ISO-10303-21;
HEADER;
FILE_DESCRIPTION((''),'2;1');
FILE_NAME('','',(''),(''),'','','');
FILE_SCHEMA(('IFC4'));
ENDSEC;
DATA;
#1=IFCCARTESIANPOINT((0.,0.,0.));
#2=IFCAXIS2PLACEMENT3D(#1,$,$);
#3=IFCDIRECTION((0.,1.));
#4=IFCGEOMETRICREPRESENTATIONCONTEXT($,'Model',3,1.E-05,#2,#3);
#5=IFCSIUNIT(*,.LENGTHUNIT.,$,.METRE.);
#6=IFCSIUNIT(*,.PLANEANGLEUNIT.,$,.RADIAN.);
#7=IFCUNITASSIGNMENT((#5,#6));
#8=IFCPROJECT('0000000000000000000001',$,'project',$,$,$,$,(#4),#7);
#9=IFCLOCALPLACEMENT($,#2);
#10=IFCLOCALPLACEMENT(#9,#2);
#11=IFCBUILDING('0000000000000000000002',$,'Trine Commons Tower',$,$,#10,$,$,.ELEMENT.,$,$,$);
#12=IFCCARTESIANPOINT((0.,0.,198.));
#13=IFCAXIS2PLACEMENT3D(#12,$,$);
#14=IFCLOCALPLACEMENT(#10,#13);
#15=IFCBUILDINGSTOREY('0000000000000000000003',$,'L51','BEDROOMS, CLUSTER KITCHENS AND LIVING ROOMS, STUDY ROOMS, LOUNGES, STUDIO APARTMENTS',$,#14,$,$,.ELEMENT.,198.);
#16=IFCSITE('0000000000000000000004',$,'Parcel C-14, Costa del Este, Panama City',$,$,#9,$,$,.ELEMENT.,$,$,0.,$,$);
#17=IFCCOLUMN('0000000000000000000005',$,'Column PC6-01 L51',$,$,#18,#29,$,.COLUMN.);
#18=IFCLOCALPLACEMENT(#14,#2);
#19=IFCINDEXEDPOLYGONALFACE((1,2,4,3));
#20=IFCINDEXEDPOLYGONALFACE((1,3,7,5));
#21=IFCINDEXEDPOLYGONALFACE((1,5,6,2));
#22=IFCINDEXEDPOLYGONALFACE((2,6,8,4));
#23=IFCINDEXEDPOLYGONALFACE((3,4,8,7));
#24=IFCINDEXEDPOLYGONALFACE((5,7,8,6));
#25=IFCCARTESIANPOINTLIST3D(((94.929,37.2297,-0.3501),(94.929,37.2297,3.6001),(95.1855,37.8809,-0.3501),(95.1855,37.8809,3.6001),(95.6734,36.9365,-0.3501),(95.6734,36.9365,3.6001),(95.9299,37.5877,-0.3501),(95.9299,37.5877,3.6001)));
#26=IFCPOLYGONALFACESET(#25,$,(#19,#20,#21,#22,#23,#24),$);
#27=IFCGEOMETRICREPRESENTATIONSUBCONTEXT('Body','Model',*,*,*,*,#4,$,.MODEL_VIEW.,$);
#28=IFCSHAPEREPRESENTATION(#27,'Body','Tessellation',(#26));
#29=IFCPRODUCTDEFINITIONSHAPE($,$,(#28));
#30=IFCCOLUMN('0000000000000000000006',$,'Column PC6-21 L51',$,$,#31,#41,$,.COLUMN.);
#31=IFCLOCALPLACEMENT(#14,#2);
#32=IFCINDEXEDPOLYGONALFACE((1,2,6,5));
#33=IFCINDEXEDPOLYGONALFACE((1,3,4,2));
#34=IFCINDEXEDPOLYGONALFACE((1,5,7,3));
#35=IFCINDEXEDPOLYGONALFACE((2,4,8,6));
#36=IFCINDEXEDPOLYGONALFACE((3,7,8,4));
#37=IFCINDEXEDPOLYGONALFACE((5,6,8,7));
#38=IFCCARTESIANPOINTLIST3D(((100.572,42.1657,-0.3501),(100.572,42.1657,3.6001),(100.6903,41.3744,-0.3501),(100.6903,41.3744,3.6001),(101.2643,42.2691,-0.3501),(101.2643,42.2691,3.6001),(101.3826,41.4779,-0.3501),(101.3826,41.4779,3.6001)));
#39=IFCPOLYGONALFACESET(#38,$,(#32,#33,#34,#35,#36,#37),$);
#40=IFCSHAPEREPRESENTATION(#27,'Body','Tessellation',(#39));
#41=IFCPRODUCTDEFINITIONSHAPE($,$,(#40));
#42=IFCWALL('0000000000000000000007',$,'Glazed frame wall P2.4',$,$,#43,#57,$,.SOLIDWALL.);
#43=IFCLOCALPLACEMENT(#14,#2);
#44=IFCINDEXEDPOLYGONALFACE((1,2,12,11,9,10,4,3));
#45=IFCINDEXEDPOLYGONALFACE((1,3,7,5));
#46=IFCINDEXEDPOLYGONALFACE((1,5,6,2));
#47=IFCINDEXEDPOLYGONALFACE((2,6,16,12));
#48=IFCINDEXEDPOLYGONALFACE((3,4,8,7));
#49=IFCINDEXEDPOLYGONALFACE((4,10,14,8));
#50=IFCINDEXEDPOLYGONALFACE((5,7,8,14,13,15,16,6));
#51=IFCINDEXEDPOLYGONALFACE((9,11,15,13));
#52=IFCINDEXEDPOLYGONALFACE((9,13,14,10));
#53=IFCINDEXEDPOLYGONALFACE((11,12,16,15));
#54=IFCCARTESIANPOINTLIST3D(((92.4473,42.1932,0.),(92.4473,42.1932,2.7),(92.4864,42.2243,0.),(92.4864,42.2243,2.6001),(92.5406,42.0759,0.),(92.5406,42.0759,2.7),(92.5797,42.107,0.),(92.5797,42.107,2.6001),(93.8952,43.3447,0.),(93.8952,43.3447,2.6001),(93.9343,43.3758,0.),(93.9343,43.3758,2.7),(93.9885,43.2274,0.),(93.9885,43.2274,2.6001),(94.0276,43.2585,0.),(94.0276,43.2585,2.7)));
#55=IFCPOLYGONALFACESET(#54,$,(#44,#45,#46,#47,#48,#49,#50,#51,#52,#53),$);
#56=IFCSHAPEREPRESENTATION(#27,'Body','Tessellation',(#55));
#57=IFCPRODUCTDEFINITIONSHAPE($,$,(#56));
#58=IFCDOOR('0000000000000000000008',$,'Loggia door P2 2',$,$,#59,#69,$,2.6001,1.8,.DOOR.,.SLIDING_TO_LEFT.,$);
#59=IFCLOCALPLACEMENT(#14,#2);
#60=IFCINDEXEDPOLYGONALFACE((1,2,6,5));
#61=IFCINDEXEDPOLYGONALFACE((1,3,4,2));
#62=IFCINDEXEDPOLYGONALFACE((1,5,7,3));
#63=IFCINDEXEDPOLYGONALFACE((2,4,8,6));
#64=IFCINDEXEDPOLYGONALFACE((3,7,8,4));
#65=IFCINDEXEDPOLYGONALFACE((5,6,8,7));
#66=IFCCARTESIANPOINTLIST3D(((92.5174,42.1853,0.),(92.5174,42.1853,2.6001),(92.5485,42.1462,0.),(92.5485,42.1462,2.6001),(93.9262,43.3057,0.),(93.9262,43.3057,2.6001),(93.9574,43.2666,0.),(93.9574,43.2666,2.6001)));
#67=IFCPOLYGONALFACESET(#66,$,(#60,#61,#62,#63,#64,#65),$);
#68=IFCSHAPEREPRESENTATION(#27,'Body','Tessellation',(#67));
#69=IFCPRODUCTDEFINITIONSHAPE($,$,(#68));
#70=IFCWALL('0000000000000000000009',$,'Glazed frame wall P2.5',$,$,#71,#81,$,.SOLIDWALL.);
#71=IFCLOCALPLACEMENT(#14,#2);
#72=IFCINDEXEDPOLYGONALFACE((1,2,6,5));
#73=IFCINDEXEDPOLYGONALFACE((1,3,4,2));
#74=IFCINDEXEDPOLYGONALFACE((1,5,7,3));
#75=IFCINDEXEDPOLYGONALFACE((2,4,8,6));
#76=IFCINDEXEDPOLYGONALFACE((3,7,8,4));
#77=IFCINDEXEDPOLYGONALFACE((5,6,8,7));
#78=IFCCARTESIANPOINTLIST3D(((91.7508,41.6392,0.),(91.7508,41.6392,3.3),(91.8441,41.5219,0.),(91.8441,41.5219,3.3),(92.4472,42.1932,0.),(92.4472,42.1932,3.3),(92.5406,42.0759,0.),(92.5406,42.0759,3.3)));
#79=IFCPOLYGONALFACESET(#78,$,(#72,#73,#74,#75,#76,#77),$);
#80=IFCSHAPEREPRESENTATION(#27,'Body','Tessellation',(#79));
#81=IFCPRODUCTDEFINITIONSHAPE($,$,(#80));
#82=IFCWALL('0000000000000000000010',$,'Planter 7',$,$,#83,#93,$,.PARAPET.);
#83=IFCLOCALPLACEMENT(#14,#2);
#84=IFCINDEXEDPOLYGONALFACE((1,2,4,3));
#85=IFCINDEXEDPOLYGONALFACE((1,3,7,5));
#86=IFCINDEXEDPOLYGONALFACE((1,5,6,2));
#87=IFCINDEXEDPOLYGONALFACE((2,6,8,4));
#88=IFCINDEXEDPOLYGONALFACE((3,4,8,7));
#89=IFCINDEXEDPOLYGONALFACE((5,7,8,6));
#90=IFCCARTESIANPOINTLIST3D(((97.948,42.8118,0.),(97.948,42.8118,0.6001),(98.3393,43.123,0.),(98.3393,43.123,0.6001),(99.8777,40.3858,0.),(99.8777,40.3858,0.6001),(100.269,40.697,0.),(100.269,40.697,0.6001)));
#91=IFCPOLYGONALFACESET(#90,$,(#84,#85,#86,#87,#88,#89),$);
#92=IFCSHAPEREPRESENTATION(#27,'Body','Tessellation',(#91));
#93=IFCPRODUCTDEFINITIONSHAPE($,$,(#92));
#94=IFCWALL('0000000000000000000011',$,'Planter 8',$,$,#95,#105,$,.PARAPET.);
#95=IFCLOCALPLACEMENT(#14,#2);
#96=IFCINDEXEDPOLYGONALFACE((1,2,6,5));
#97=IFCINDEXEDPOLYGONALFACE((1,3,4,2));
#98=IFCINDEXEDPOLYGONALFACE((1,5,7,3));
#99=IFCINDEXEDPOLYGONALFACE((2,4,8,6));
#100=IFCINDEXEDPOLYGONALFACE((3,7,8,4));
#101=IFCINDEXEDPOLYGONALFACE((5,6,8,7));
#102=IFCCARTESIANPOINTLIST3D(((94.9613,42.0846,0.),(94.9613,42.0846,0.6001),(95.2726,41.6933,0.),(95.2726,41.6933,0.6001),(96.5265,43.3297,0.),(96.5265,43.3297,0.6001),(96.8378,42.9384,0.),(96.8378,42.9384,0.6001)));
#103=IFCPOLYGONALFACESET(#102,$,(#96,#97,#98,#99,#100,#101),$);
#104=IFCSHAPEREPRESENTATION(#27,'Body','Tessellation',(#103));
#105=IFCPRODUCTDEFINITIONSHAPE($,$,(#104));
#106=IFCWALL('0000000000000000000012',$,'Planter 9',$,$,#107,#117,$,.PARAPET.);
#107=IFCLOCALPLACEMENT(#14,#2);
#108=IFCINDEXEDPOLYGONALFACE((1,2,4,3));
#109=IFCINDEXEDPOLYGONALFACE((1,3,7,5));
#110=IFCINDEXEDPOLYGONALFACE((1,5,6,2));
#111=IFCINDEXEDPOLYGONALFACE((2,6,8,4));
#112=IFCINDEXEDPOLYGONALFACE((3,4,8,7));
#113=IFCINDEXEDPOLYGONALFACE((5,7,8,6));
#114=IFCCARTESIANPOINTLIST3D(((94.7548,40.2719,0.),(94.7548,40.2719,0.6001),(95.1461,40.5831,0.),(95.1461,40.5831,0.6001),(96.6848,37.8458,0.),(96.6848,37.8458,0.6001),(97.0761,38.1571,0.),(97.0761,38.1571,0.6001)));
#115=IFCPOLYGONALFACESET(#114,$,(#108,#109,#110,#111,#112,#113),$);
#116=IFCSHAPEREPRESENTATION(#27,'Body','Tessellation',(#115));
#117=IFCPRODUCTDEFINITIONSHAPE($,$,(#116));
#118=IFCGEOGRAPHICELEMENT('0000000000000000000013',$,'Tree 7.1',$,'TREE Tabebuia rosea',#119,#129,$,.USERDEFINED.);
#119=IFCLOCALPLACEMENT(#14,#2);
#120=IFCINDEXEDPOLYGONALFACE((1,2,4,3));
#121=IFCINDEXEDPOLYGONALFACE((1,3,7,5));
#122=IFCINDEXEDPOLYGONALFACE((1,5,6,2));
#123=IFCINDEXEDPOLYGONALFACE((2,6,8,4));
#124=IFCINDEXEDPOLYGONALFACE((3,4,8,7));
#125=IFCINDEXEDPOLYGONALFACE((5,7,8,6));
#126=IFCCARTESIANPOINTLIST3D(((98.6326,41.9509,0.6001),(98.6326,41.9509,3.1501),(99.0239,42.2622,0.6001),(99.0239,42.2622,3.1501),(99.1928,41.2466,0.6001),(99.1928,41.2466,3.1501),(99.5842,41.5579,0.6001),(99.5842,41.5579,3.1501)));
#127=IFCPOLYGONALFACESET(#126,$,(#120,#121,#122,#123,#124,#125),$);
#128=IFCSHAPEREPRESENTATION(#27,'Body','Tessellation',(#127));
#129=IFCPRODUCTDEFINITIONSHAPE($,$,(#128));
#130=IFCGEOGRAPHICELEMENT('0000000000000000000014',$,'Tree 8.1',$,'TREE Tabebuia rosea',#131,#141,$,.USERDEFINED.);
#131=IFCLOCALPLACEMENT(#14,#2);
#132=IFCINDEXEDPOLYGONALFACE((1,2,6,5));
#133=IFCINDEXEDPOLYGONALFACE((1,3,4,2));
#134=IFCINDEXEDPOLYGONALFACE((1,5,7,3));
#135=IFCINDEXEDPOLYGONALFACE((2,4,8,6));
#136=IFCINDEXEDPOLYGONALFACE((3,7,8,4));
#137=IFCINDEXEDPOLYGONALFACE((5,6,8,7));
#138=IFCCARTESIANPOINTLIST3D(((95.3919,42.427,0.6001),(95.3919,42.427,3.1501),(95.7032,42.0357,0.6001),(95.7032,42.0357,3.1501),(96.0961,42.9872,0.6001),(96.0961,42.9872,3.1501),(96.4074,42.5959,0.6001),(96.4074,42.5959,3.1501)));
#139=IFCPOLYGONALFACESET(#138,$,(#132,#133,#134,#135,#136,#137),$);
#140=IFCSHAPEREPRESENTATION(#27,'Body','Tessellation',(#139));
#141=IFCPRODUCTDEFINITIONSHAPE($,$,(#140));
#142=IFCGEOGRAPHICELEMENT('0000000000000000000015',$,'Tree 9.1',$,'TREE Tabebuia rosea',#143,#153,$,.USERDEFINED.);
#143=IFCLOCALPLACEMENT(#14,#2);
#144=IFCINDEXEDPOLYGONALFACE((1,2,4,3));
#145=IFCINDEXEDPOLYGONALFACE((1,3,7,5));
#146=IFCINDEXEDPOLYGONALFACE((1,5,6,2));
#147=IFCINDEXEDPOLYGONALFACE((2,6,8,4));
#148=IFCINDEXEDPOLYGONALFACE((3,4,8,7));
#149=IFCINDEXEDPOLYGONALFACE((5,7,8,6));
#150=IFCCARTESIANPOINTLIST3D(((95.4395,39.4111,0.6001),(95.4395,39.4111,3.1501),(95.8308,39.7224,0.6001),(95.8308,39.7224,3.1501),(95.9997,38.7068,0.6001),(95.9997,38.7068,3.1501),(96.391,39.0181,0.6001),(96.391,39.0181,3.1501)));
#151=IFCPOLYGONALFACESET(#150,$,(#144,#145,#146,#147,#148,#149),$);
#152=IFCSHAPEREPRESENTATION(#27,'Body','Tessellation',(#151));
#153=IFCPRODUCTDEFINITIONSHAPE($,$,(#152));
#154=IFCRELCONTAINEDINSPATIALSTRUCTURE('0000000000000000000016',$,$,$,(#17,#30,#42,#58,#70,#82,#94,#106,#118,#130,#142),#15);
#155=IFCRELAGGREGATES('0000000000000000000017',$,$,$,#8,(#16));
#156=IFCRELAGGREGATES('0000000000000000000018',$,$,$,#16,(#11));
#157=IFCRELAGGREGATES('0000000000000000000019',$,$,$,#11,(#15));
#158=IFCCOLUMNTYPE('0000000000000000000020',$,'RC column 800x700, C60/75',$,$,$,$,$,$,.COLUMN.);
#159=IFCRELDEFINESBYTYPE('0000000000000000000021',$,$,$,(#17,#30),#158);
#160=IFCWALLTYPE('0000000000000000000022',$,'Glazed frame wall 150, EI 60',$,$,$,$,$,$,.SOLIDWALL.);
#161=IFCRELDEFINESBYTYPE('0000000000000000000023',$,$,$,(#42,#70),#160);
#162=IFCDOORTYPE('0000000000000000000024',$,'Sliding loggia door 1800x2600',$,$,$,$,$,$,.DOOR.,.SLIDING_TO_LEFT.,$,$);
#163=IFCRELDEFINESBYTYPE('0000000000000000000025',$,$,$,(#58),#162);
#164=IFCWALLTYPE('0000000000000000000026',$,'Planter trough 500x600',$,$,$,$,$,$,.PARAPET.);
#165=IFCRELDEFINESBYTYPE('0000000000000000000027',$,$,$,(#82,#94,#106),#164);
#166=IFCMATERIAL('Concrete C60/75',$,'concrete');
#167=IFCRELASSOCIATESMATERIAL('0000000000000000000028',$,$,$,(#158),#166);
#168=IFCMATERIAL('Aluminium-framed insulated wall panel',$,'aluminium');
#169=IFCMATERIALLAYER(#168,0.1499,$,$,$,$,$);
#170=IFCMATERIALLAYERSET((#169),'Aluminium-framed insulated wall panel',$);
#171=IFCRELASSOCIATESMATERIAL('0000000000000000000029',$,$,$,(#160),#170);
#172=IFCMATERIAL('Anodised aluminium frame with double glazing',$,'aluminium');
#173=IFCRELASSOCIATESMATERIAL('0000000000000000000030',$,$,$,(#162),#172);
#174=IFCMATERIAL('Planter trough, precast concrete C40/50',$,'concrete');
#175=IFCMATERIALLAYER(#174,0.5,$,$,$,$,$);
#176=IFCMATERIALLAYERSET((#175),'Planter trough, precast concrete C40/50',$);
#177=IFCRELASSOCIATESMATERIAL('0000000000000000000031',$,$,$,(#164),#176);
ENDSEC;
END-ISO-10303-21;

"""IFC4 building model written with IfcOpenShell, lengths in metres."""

from ifc_helpers import new_model, si_unit, direction, frame, frame_2d, origin, origin_2d, place, context, subcontext, project, spatial, polyline, rectangle, outline, extrude, material, layer, layer_set, material_profile, profile_set, type_object, element, fill, save


model = new_model("IFC4")

# Units and contexts
model_context = context("Model", 3, precision=1e-05, world=origin(), true_north=direction((0.0, 1.0)))
body_context = subcontext(model_context, "Body", "Model", "MODEL_VIEW")
ifc_project = project(units=[si_unit("LENGTHUNIT", "METRE"), si_unit("PLANEANGLEUNIT", "RADIAN")], contexts=[model_context])

# Site, building, storey
site_placement = place(None, origin())
site = spatial("IfcSite", under=ifc_project, at=site_placement, Name="Parcel C-14, Costa del Este, Panama City", CompositionType="ELEMENT", RefElevation=0.0)
building_placement = place(site_placement, origin())
building = spatial("IfcBuilding", under=site, at=building_placement, Name="Trine Commons Tower", CompositionType="ELEMENT")
storey_placement = place(building_placement, frame((0.0, 0.0, 198.0)))
storey = spatial("IfcBuildingStorey", under=building, at=storey_placement, Name="L51", Description="BEDROOMS, CLUSTER KITCHENS AND LIVING ROOMS, STUDY ROOMS, LOUNGES, STUDIO APARTMENTS", CompositionType="ELEMENT", Elevation=198.0)

# Columns
ifc_material_1 = material(Name="Concrete C60/75", Category="concrete")
ifc_material_profile = material_profile(ifc_material_1, rectangle(XDim=0.8, YDim=0.7, at=origin_2d()), Name="RC 800x700")
ifc_profile_set = profile_set([ifc_material_profile], Name="Concrete C60/75")
column_type = type_object("IfcColumnType", Name="RC column 800x700, C60/75", PredefinedType="COLUMN", material=ifc_profile_set)
for number, where, z_axis, x_axis, name in (
    (1, (95.4294, 37.4087, -0.3501), (0.0, 0.0, 1.0), (-0.930418, 0.366501, 0.0), "Column PC6-01 L51"),
    (2, (100.9773, 41.8218, -0.3501), (0.0, 0.0, 1.0), (-0.147809, 0.989016, 0.0), "Column PC6-21 L51"),
):
    element("IfcColumn", number, at=place(storey_placement, frame(where, z_axis=z_axis, x_axis=x_axis)), inside=storey, type_object=column_type, Name=name, PredefinedType="COLUMN", context=body_context, shape_type="SweptSolid", body=[
        extrude(rectangle(XDim=0.8, YDim=0.7, at=origin_2d()), origin(), (0.0, 0.0, 1.0), 3.9502),
    ])

# Wall, opening, door
ifc_material_2 = material(Name="Aluminium-framed insulated wall panel", Category="aluminium")
ifc_layer_1 = layer(ifc_material_2, 0.1499)
ifc_layer_set_1 = layer_set([ifc_layer_1], Name="Aluminium-framed insulated wall panel")
wall_type_1 = type_object("IfcWallType", Name="Glazed frame wall 150, EI 60", PredefinedType="SOLIDWALL", material=ifc_layer_set_1)
wall_1_placement = place(storey_placement, frame((93.981, 43.3171, 0.0), z_axis=(0.0, 0.0, 1.0), x_axis=(-0.782671, -0.622436, 0.0)))
wall_1 = element("IfcWall", 3, at=wall_1_placement, inside=storey, type_object=wall_type_1, Name="Glazed frame wall P2.4", PredefinedType="SOLIDWALL", context=body_context, shape_type="SweptSolid", body=[
    extrude(outline(polyline([(0.0, -0.075), (1.8999, -0.075), (1.8999, 0.075), (0.0, 0.075), (0.0, -0.075)])), origin(), (0.0, 0.0, 1.0), 2.7),
])
opening_1_placement = place(wall_1_placement, frame((0.05, 0.0, 0.0)))
opening_1 = element("IfcOpeningElement", 4, at=opening_1_placement, cuts=wall_1, PredefinedType="OPENING", context=body_context, shape_type="SweptSolid", body=[
    extrude(rectangle(XDim=1.8, YDim=2.6001, at=frame_2d((0.8999, 1.3))), frame((0.0, 0.085, 0.0), z_axis=(0.0, -1.0, 0.0), x_axis=(1.0, 0.0, 0.0)), (0.0, 0.0, 1.0), 0.1699),
])
ifc_material_3 = material(Name="Anodised aluminium frame with double glazing", Category="aluminium")
door_type = type_object("IfcDoorType", Name="Sliding loggia door 1800x2600", OperationType="SLIDING_TO_LEFT", PredefinedType="DOOR", material=ifc_material_3)
door_1_placement = place(opening_1_placement, origin())
door_1 = element("IfcDoor", 5, at=door_1_placement, inside=storey, type_object=door_type, Name="Loggia door P2 2", OperationType="SLIDING_TO_LEFT", OverallHeight=2.6001, OverallWidth=1.8, PredefinedType="DOOR", context=body_context, shape_type="SweptSolid", body=[
    extrude(rectangle(XDim=1.8, YDim=2.6001, at=frame_2d((0.8999, 1.3))), frame((0.0, 0.0249, 0.0), z_axis=(0.0, -1.0, 0.0), x_axis=(1.0, 0.0, 0.0)), (0.0, 0.0, 1.0), 0.05),
])
fill(opening_1, door_1)

# Wall
wall_2_placement = place(storey_placement, frame((92.4939, 42.1345, 0.0), z_axis=(0.0, 0.0, 1.0), x_axis=(-0.782628, -0.62249, 0.0)))
element("IfcWall", 6, at=wall_2_placement, inside=storey, type_object=wall_type_1, Name="Glazed frame wall P2.5", PredefinedType="SOLIDWALL", context=body_context, shape_type="SweptSolid", body=[
    extrude(outline(polyline([(0.8899, 0.075), (0.0, 0.075), (0.0, -0.075), (0.8899, -0.075), (0.8899, 0.075)])), origin(), (0.0, 0.0, 1.0), 3.3),
])

# Walls
ifc_material_4 = material(Name="Planter trough, precast concrete C40/50", Category="concrete")
ifc_layer_2 = layer(ifc_material_4, 0.5)
ifc_layer_set_2 = layer_set([ifc_layer_2], Name="Planter trough, precast concrete C40/50")
wall_type_2 = type_object("IfcWallType", Name="Planter trough 500x600", PredefinedType="PARAPET", material=ifc_layer_set_2)
wall_3_placement = place(storey_placement, frame((100.0732, 40.5415, 0.0), z_axis=(0.0, 0.0, 1.0), x_axis=(-0.622503, 0.782618, 0.0)))
element("IfcWall", 7, at=wall_3_placement, inside=storey, type_object=wall_type_2, Name="Planter 7", PredefinedType="PARAPET", context=body_context, shape_type="SweptSolid", body=[
    extrude(rectangle(XDim=3.0999, YDim=0.5, at=frame_2d((1.5498, 0.0))), origin(), (0.0, 0.0, 1.0), 0.6001),
])
wall_4_placement = place(storey_placement, frame((96.6821, 43.134, 0.0), z_axis=(0.0, 0.0, 1.0), x_axis=(-0.782581, -0.622549, 0.0)))
element("IfcWall", 8, at=wall_4_placement, inside=storey, type_object=wall_type_2, Name="Planter 8", PredefinedType="PARAPET", context=body_context, shape_type="SweptSolid", body=[
    extrude(rectangle(XDim=2.0, YDim=0.5, at=frame_2d((1.0, 0.0))), origin(), (0.0, 0.0, 1.0), 0.6001),
])
wall_5_placement = place(storey_placement, frame((94.9504, 40.4275, 0.0), z_axis=(0.0, 0.0, 1.0), x_axis=(0.622551, -0.782579, 0.0)))
element("IfcWall", 9, at=wall_5_placement, inside=storey, type_object=wall_type_2, Name="Planter 9", PredefinedType="PARAPET", context=body_context, shape_type="SweptSolid", body=[
    extrude(rectangle(XDim=3.1001, YDim=0.5, at=frame_2d((1.55, 0.0))), origin(), (0.0, 0.0, 1.0), 0.6001),
])

# Geographic elements
for number, where, z_axis, x_axis, name in (
    (10, (99.1084, 41.7544, 0.6001), (0.0, 0.0, 1.0), (-0.622516, 0.782607, 0.0), "Tree 7.1"),
    (11, (95.8997, 42.5115, 0.6001), (0.0, 0.0, 1.0), (-0.782586, -0.622542, 0.0), "Tree 8.1"),
    (12, (95.9153, 39.2146, 0.6001), (0.0, 0.0, 1.0), (0.622516, -0.782607, 0.0), "Tree 9.1"),
):
    element("IfcGeographicElement", number, at=place(storey_placement, frame(where, z_axis=z_axis, x_axis=x_axis)), inside=storey, Name=name, ObjectType="TREE Tabebuia rosea", PredefinedType="USERDEFINED", context=body_context, shape_type="SweptSolid", body=[
        extrude(rectangle(XDim=0.8999, YDim=0.5, at=origin_2d()), origin(), (0.0, 0.0, 1.0), 2.55),
    ])

save(model, "model.ifc")
